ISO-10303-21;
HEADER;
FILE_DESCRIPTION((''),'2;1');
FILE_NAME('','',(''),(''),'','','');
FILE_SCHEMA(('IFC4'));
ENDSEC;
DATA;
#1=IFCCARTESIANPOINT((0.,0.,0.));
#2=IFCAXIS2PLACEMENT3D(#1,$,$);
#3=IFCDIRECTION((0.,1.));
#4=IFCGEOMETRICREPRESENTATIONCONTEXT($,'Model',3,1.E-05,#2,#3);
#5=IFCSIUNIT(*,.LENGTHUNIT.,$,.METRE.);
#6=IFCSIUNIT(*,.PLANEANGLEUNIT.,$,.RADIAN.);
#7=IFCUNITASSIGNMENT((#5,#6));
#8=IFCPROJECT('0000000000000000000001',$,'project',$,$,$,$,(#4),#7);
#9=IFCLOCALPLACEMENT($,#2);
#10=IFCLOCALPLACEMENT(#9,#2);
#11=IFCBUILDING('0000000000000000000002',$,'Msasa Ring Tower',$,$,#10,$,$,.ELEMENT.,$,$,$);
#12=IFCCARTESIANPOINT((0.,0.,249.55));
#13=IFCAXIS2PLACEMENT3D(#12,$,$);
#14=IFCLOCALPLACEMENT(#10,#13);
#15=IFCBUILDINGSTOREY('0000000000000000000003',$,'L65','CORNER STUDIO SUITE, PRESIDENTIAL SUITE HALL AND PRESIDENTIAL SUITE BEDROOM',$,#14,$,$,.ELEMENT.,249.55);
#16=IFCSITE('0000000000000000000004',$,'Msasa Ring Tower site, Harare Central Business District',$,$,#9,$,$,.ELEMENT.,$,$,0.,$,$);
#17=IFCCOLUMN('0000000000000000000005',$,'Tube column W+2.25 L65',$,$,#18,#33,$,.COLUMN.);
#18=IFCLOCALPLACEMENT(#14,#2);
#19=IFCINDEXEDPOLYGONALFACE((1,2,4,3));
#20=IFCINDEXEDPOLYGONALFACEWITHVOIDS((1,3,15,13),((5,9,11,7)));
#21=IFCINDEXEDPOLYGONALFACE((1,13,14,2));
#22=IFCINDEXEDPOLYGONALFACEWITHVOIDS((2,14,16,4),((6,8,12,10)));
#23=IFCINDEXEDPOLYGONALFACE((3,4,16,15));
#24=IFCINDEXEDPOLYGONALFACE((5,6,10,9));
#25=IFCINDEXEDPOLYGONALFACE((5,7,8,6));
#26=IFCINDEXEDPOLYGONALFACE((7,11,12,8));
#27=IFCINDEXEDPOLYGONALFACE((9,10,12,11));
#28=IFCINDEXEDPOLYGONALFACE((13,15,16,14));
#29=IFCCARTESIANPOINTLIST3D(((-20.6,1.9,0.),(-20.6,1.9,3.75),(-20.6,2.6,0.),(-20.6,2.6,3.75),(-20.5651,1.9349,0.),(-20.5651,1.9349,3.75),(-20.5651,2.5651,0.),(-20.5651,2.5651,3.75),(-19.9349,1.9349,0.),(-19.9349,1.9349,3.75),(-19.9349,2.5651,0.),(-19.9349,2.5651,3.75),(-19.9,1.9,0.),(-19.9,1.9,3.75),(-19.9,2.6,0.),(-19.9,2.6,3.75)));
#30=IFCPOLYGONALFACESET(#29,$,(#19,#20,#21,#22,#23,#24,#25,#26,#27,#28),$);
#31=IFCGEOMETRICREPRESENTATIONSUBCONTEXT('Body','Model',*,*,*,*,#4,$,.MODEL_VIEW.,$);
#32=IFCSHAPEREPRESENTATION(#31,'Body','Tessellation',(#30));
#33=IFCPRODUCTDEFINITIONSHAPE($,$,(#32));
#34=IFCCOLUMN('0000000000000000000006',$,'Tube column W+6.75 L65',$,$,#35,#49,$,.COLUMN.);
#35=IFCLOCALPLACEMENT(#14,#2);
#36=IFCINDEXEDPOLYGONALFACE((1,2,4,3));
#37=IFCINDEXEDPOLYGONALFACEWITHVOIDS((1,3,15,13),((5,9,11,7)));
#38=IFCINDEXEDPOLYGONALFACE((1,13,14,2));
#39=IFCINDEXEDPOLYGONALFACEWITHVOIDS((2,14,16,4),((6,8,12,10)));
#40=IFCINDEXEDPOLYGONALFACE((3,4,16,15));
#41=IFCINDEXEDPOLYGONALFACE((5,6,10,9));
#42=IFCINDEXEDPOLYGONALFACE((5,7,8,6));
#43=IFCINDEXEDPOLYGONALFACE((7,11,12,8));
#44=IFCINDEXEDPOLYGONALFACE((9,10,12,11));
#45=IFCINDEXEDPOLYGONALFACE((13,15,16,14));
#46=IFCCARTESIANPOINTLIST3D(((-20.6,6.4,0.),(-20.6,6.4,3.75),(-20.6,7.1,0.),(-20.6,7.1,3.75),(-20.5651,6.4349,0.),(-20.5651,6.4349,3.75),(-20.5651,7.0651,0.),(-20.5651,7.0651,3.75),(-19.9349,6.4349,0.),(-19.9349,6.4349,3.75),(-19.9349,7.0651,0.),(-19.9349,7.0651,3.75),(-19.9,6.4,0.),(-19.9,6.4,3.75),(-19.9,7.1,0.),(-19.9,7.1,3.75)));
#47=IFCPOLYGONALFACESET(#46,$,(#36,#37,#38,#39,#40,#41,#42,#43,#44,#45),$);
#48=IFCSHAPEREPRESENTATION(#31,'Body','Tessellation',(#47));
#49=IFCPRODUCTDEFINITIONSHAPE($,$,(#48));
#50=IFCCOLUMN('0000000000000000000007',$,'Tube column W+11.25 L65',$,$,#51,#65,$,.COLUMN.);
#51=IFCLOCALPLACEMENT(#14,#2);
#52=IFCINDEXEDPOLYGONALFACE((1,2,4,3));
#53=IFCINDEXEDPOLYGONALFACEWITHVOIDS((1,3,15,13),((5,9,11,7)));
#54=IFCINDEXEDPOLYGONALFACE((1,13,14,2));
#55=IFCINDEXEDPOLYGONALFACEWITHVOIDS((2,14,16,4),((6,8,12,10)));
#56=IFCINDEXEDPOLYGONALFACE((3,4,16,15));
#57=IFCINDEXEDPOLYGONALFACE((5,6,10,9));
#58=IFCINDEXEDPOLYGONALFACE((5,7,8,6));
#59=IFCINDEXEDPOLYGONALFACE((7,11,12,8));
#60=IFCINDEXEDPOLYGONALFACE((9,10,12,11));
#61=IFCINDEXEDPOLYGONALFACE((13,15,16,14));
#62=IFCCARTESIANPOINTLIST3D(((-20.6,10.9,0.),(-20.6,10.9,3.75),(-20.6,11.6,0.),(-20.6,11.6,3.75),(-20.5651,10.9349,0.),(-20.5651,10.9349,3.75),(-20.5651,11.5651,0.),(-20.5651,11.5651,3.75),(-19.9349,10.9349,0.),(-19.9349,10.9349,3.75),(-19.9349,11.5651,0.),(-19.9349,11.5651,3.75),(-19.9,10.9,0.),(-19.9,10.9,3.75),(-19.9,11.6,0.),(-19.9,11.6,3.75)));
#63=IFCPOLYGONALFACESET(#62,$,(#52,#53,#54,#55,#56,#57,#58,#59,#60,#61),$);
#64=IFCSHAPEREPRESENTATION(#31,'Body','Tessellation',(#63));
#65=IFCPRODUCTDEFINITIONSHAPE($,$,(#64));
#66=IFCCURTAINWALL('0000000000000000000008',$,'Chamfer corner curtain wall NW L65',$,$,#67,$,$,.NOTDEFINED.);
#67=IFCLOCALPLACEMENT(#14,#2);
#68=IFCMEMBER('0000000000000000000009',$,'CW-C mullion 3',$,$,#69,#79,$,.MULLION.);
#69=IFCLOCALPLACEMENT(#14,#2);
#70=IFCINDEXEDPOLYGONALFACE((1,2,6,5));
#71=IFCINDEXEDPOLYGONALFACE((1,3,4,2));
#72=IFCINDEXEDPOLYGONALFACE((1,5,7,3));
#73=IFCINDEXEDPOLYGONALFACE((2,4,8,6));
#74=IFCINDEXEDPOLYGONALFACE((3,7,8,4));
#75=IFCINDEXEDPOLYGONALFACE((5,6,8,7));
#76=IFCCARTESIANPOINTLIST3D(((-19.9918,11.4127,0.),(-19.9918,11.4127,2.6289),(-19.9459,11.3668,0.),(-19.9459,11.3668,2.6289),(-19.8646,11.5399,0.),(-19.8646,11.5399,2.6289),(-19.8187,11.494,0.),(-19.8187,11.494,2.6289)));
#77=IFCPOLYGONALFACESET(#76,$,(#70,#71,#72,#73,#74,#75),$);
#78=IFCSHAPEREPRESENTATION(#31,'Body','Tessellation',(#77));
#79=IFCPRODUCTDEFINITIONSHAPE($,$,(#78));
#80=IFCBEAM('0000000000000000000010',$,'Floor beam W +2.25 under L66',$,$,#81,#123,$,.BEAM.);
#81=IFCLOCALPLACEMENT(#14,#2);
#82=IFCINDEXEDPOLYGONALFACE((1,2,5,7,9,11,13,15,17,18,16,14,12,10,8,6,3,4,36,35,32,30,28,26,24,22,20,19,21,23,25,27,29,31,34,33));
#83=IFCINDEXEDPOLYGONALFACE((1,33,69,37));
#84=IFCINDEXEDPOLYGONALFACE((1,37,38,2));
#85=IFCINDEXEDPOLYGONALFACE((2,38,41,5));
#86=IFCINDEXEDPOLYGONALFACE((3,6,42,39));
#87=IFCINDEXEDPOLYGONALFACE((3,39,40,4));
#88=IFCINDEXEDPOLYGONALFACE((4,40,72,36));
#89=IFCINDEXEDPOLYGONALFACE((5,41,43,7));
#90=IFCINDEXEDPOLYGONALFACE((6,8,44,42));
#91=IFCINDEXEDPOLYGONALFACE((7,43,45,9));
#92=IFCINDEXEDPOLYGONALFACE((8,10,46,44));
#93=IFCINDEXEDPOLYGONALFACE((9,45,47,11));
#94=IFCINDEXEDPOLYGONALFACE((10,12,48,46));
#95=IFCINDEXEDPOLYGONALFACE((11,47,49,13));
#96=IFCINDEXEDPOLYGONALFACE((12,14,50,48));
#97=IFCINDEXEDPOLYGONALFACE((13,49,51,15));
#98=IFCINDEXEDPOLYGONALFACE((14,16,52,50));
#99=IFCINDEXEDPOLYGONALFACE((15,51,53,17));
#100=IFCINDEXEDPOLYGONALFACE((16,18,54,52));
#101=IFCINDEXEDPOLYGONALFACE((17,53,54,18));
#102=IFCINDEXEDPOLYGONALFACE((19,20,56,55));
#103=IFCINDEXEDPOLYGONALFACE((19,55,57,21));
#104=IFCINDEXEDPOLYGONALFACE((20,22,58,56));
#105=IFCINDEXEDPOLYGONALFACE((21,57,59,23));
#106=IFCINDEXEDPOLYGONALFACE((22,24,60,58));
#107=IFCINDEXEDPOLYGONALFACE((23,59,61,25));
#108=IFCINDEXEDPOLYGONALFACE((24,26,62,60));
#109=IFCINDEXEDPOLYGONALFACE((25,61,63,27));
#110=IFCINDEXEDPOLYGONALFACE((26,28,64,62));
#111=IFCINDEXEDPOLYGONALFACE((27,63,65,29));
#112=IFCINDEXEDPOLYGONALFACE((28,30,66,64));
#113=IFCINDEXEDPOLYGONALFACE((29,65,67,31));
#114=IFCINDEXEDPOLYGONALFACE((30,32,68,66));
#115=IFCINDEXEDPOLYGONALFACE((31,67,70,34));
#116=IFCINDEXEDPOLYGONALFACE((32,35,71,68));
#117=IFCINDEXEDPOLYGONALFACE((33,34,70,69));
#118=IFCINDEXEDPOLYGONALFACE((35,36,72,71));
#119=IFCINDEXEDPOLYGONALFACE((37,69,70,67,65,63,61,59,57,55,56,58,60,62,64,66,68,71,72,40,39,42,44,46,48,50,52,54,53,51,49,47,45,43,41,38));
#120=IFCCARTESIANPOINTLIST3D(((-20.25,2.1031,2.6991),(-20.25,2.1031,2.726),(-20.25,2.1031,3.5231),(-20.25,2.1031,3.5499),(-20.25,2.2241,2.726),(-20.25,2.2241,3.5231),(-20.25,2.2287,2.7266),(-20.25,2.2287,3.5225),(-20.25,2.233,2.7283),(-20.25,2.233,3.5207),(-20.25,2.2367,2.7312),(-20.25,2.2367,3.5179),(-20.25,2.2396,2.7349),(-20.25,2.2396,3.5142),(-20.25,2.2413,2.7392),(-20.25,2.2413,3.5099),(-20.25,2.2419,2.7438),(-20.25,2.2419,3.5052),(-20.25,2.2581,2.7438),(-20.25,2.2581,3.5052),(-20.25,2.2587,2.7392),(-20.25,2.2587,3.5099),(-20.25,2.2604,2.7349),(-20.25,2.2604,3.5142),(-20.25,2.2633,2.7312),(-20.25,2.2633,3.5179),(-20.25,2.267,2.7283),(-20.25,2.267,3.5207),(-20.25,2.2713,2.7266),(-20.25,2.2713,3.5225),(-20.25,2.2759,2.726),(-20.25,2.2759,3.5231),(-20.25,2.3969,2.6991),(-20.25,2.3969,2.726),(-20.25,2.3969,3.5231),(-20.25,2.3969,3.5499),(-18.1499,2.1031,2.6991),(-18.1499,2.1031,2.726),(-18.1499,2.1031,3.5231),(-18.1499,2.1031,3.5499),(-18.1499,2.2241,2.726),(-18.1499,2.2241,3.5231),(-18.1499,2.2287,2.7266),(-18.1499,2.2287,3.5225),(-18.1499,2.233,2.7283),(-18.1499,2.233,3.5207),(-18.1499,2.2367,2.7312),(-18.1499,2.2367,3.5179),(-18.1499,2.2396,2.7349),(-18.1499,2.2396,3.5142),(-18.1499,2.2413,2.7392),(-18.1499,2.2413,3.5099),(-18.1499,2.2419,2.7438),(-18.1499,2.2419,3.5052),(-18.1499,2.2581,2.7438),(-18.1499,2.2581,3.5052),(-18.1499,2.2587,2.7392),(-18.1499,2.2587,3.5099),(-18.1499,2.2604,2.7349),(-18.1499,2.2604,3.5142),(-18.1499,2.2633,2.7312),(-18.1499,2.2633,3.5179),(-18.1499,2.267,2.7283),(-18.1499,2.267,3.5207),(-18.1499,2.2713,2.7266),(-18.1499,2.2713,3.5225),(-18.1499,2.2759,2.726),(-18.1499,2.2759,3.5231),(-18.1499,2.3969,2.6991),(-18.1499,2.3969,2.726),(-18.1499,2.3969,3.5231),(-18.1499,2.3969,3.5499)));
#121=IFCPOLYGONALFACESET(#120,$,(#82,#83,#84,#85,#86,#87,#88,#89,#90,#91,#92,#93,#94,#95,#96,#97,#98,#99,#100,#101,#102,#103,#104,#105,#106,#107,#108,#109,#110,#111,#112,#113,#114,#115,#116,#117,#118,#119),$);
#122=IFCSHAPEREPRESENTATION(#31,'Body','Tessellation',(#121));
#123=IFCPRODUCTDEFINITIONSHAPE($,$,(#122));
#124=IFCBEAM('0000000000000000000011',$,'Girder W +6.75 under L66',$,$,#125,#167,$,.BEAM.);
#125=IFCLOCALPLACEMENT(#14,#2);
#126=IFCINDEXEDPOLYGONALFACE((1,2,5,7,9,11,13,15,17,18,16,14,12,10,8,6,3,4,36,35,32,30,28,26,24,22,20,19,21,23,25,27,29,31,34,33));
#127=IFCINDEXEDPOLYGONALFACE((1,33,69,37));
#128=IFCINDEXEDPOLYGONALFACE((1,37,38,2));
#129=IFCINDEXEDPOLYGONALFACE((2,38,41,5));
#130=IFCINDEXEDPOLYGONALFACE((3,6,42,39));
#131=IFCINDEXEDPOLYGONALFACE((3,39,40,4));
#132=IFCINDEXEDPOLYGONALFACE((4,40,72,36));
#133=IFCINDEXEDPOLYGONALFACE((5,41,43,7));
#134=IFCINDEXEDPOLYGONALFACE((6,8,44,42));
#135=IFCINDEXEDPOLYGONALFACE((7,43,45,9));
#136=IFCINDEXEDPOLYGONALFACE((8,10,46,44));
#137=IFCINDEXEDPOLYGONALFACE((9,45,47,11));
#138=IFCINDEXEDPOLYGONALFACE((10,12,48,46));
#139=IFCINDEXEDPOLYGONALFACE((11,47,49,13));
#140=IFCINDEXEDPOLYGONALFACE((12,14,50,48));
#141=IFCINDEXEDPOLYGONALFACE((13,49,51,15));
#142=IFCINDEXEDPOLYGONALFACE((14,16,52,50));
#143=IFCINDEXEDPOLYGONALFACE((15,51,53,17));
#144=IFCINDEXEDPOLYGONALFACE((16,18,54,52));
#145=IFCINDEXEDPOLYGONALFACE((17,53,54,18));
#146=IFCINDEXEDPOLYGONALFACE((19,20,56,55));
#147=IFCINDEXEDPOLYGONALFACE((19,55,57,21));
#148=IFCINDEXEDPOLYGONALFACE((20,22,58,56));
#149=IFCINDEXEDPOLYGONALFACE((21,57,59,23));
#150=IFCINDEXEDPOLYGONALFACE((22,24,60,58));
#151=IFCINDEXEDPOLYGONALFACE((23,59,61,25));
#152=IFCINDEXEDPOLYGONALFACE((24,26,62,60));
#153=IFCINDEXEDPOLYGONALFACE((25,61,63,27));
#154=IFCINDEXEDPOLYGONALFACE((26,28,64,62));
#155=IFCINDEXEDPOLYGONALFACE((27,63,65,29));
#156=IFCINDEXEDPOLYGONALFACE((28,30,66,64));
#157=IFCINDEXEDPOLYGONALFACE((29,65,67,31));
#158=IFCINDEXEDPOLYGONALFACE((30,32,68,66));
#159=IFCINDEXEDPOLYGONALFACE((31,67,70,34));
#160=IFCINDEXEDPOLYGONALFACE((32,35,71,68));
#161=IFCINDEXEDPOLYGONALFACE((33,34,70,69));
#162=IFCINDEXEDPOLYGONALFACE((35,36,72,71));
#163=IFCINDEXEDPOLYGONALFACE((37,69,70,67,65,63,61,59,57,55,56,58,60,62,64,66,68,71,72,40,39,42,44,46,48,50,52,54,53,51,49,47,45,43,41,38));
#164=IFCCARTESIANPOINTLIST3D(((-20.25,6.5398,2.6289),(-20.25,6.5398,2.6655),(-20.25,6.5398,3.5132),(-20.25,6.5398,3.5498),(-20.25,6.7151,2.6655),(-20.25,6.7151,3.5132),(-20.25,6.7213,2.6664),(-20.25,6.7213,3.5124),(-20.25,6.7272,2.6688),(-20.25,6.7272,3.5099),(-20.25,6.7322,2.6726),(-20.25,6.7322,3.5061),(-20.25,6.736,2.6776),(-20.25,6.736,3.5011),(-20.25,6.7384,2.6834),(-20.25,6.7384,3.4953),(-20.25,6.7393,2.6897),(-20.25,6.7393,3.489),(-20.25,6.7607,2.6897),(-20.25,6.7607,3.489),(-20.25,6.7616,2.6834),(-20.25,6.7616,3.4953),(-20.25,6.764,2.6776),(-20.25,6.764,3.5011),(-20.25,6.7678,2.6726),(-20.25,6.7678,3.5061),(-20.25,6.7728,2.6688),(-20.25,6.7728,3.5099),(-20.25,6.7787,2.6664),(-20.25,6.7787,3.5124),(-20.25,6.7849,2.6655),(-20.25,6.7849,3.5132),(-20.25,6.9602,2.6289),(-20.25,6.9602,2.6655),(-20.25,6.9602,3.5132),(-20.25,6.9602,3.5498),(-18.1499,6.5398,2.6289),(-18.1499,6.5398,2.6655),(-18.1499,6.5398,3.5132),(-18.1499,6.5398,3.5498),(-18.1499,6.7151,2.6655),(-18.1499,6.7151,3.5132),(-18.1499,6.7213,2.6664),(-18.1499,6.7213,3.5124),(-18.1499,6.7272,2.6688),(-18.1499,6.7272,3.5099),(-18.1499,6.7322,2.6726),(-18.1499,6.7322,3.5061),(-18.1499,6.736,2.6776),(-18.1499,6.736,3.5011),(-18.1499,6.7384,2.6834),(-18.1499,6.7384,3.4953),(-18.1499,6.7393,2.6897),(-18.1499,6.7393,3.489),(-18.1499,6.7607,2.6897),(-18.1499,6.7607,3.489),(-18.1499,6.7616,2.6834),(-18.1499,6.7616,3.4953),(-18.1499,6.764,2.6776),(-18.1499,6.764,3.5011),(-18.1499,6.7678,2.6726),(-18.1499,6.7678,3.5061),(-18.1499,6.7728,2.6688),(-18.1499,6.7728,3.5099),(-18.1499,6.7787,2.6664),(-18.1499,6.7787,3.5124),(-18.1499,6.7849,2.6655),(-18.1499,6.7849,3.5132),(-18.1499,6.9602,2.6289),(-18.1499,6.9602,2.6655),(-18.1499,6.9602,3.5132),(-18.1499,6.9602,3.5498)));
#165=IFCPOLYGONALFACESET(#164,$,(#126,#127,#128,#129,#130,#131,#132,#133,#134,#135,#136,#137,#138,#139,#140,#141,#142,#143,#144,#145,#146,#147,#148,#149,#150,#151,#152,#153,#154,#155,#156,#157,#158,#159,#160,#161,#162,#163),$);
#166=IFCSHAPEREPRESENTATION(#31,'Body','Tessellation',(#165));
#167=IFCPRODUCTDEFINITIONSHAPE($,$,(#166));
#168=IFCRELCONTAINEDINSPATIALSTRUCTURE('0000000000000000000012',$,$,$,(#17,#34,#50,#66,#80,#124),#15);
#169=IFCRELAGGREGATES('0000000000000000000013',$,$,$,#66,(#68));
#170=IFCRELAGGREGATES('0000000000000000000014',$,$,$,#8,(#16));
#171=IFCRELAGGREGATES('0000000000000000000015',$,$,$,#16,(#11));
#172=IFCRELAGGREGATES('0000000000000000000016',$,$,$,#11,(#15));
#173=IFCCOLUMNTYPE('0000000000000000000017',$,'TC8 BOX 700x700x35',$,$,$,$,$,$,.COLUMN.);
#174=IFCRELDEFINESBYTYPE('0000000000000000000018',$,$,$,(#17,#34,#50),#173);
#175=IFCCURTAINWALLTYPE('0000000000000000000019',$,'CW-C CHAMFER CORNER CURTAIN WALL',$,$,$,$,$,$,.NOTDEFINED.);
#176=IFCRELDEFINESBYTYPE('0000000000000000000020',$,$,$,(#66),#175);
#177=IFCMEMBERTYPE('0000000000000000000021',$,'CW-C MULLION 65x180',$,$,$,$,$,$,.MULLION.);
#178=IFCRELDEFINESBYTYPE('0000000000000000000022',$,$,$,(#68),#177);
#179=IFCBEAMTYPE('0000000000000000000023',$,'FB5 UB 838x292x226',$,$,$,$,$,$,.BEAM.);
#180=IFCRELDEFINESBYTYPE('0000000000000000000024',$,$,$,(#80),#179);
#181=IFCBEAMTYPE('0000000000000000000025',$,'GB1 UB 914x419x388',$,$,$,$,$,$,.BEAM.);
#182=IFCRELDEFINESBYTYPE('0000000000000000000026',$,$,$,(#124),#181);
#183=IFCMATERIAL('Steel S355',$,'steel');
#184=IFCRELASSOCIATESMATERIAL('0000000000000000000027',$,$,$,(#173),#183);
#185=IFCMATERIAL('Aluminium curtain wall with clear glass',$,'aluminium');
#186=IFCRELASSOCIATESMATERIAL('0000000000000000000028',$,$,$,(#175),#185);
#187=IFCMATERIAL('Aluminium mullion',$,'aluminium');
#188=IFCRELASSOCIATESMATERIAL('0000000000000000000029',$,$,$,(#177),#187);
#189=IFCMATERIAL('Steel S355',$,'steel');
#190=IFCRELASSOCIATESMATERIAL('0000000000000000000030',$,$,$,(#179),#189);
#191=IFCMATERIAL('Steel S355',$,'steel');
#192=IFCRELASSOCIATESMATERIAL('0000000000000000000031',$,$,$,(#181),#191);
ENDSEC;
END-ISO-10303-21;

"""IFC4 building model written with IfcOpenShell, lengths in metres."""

from ifc_helpers import new_model, si_unit, direction, frame, origin, origin_2d, place, context, subcontext, project, spatial, rectangle, hollow_rectangle, i_section, extrude, material, material_profile, profile_set, type_object, element, aggregate, save


model = new_model("IFC4")

# Units and contexts
model_context = context("Model", 3, precision=1e-05, world=origin(), true_north=direction((0.0, 1.0)))
body_context = subcontext(model_context, "Body", "Model", "MODEL_VIEW")
ifc_project = project(units=[si_unit("LENGTHUNIT", "METRE"), si_unit("PLANEANGLEUNIT", "RADIAN")], contexts=[model_context])

# Site, building, storey
site_placement = place(None, origin())
site = spatial("IfcSite", under=ifc_project, at=site_placement, Name="Msasa Ring Tower site, Harare Central Business District", CompositionType="ELEMENT", RefElevation=0.0)
building_placement = place(site_placement, origin())
building = spatial("IfcBuilding", under=site, at=building_placement, Name="Msasa Ring Tower", CompositionType="ELEMENT")
storey_placement = place(building_placement, frame((0.0, 0.0, 249.55)))
storey = spatial("IfcBuildingStorey", under=building, at=storey_placement, Name="L65", Description="CORNER STUDIO SUITE, PRESIDENTIAL SUITE HALL AND PRESIDENTIAL SUITE BEDROOM", CompositionType="ELEMENT", Elevation=249.55)

# Columns
ifc_material_1 = material(Name="Steel S355", Category="steel")
ifc_material_profile_1 = material_profile(ifc_material_1, hollow_rectangle(XDim=0.7, YDim=0.7, WallThickness=0.0349, at=origin_2d()), Name="BOX 700x700x35")
ifc_profile_set_1 = profile_set([ifc_material_profile_1], Name="Steel S355")
column_type = type_object("IfcColumnType", Name="TC8 BOX 700x700x35", PredefinedType="COLUMN", material=ifc_profile_set_1)
for number, where, z_axis, x_axis, name in (
    (1, (-20.25, 2.25, 0.0), (0.0, 0.0, 1.0), (1.0, 0.0, 0.0), "Tube column W+2.25 L65"),
    (2, (-20.25, 6.75, 0.0), (0.0, 0.0, 1.0), (1.0, 0.0, 0.0), "Tube column W+6.75 L65"),
    (3, (-20.25, 11.25, 0.0), (0.0, 0.0, 1.0), (1.0, 0.0, 0.0), "Tube column W+11.25 L65"),
):
    element("IfcColumn", number, at=place(storey_placement, frame(where, z_axis=z_axis, x_axis=x_axis)), inside=storey, type_object=column_type, Name=name, PredefinedType="COLUMN", context=body_context, shape_type="SweptSolid", body=[
        extrude(hollow_rectangle(XDim=0.7, YDim=0.7, WallThickness=0.0349, at=origin_2d()), origin(), (0.0, 0.0, 1.0), 3.75),
    ])

# Curtain wall, member
ifc_material_2 = material(Name="Aluminium curtain wall with clear glass", Category="aluminium")
curtain_wall_type = type_object("IfcCurtainWallType", Name="CW-C CHAMFER CORNER CURTAIN WALL", PredefinedType="NOTDEFINED", material=ifc_material_2)
curtain_wall_placement = place(storey_placement, origin())
curtain_wall = element("IfcCurtainWall", 4, at=curtain_wall_placement, inside=storey, type_object=curtain_wall_type, Name="Chamfer corner curtain wall NW L65", PredefinedType="NOTDEFINED")
ifc_material_3 = material(Name="Aluminium mullion", Category="aluminium")
ifc_material_profile_2 = material_profile(ifc_material_3, rectangle(XDim=0.0649, YDim=0.1799, at=origin_2d()), Name="AL 65x180")
ifc_profile_set_2 = profile_set([ifc_material_profile_2], Name="Aluminium mullion")
member_type = type_object("IfcMemberType", Name="CW-C MULLION 65x180", PredefinedType="MULLION", material=ifc_profile_set_2)
member_placement = place(storey_placement, frame((-19.9053, 11.4534, 0.0), z_axis=(0.0, 0.0, 1.0), x_axis=(0.707107, -0.707107, 0.0)))
member = element("IfcMember", 5, at=member_placement, type_object=member_type, Name="CW-C mullion 3", PredefinedType="MULLION", context=body_context, shape_type="SweptSolid", body=[
    extrude(rectangle(XDim=0.0649, YDim=0.1799, at=origin_2d()), origin(), (0.0, 0.0, 1.0), 2.6289),
])
aggregate(curtain_wall, [member])

# Beams
ifc_material_4 = material(Name="Steel S355", Category="steel")
ifc_material_profile_3 = material_profile(ifc_material_4, i_section(OverallWidth=0.2937, OverallDepth=0.8508, WebThickness=0.0161, FlangeThickness=0.0269, FilletRadius=0.0178, at=origin_2d()), Name="UB 838x292x226")
ifc_profile_set_3 = profile_set([ifc_material_profile_3], Name="Steel S355")
beam_type_1 = type_object("IfcBeamType", Name="FB5 UB 838x292x226", PredefinedType="BEAM", material=ifc_profile_set_3)
beam_1_placement = place(storey_placement, frame((-20.25, 2.25, 3.1245), z_axis=(1.0, 0.0, 0.0), x_axis=(0.0, 1.0, 0.0)))
element("IfcBeam", 6, at=beam_1_placement, inside=storey, type_object=beam_type_1, Name="Floor beam W +2.25 under L66", PredefinedType="BEAM", context=body_context, shape_type="SweptSolid", body=[
    extrude(i_section(OverallWidth=0.2937, OverallDepth=0.8508, WebThickness=0.0161, FlangeThickness=0.0269, FilletRadius=0.0178, at=origin_2d()), origin(), (0.0, 0.0, 1.0), 2.1001),
])
ifc_material_5 = material(Name="Steel S355", Category="steel")
ifc_material_profile_4 = material_profile(ifc_material_5, i_section(OverallWidth=0.4204, OverallDepth=0.9209, WebThickness=0.0215, FlangeThickness=0.0366, FilletRadius=0.0242, at=origin_2d()), Name="UB 914x419x388")
ifc_profile_set_4 = profile_set([ifc_material_profile_4], Name="Steel S355")
beam_type_2 = type_object("IfcBeamType", Name="GB1 UB 914x419x388", PredefinedType="BEAM", material=ifc_profile_set_4)
beam_2_placement = place(storey_placement, frame((-18.1499, 6.75, 3.0894), z_axis=(-1.0, 0.0, 0.0), x_axis=(0.0, -1.0, 0.0)))
element("IfcBeam", 7, at=beam_2_placement, inside=storey, type_object=beam_type_2, Name="Girder W +6.75 under L66", PredefinedType="BEAM", context=body_context, shape_type="SweptSolid", body=[
    extrude(i_section(OverallWidth=0.4204, OverallDepth=0.9209, WebThickness=0.0215, FlangeThickness=0.0366, FilletRadius=0.0242, at=origin_2d()), origin(), (0.0, 0.0, 1.0), 2.1001),
])

save(model, "model.ifc")
